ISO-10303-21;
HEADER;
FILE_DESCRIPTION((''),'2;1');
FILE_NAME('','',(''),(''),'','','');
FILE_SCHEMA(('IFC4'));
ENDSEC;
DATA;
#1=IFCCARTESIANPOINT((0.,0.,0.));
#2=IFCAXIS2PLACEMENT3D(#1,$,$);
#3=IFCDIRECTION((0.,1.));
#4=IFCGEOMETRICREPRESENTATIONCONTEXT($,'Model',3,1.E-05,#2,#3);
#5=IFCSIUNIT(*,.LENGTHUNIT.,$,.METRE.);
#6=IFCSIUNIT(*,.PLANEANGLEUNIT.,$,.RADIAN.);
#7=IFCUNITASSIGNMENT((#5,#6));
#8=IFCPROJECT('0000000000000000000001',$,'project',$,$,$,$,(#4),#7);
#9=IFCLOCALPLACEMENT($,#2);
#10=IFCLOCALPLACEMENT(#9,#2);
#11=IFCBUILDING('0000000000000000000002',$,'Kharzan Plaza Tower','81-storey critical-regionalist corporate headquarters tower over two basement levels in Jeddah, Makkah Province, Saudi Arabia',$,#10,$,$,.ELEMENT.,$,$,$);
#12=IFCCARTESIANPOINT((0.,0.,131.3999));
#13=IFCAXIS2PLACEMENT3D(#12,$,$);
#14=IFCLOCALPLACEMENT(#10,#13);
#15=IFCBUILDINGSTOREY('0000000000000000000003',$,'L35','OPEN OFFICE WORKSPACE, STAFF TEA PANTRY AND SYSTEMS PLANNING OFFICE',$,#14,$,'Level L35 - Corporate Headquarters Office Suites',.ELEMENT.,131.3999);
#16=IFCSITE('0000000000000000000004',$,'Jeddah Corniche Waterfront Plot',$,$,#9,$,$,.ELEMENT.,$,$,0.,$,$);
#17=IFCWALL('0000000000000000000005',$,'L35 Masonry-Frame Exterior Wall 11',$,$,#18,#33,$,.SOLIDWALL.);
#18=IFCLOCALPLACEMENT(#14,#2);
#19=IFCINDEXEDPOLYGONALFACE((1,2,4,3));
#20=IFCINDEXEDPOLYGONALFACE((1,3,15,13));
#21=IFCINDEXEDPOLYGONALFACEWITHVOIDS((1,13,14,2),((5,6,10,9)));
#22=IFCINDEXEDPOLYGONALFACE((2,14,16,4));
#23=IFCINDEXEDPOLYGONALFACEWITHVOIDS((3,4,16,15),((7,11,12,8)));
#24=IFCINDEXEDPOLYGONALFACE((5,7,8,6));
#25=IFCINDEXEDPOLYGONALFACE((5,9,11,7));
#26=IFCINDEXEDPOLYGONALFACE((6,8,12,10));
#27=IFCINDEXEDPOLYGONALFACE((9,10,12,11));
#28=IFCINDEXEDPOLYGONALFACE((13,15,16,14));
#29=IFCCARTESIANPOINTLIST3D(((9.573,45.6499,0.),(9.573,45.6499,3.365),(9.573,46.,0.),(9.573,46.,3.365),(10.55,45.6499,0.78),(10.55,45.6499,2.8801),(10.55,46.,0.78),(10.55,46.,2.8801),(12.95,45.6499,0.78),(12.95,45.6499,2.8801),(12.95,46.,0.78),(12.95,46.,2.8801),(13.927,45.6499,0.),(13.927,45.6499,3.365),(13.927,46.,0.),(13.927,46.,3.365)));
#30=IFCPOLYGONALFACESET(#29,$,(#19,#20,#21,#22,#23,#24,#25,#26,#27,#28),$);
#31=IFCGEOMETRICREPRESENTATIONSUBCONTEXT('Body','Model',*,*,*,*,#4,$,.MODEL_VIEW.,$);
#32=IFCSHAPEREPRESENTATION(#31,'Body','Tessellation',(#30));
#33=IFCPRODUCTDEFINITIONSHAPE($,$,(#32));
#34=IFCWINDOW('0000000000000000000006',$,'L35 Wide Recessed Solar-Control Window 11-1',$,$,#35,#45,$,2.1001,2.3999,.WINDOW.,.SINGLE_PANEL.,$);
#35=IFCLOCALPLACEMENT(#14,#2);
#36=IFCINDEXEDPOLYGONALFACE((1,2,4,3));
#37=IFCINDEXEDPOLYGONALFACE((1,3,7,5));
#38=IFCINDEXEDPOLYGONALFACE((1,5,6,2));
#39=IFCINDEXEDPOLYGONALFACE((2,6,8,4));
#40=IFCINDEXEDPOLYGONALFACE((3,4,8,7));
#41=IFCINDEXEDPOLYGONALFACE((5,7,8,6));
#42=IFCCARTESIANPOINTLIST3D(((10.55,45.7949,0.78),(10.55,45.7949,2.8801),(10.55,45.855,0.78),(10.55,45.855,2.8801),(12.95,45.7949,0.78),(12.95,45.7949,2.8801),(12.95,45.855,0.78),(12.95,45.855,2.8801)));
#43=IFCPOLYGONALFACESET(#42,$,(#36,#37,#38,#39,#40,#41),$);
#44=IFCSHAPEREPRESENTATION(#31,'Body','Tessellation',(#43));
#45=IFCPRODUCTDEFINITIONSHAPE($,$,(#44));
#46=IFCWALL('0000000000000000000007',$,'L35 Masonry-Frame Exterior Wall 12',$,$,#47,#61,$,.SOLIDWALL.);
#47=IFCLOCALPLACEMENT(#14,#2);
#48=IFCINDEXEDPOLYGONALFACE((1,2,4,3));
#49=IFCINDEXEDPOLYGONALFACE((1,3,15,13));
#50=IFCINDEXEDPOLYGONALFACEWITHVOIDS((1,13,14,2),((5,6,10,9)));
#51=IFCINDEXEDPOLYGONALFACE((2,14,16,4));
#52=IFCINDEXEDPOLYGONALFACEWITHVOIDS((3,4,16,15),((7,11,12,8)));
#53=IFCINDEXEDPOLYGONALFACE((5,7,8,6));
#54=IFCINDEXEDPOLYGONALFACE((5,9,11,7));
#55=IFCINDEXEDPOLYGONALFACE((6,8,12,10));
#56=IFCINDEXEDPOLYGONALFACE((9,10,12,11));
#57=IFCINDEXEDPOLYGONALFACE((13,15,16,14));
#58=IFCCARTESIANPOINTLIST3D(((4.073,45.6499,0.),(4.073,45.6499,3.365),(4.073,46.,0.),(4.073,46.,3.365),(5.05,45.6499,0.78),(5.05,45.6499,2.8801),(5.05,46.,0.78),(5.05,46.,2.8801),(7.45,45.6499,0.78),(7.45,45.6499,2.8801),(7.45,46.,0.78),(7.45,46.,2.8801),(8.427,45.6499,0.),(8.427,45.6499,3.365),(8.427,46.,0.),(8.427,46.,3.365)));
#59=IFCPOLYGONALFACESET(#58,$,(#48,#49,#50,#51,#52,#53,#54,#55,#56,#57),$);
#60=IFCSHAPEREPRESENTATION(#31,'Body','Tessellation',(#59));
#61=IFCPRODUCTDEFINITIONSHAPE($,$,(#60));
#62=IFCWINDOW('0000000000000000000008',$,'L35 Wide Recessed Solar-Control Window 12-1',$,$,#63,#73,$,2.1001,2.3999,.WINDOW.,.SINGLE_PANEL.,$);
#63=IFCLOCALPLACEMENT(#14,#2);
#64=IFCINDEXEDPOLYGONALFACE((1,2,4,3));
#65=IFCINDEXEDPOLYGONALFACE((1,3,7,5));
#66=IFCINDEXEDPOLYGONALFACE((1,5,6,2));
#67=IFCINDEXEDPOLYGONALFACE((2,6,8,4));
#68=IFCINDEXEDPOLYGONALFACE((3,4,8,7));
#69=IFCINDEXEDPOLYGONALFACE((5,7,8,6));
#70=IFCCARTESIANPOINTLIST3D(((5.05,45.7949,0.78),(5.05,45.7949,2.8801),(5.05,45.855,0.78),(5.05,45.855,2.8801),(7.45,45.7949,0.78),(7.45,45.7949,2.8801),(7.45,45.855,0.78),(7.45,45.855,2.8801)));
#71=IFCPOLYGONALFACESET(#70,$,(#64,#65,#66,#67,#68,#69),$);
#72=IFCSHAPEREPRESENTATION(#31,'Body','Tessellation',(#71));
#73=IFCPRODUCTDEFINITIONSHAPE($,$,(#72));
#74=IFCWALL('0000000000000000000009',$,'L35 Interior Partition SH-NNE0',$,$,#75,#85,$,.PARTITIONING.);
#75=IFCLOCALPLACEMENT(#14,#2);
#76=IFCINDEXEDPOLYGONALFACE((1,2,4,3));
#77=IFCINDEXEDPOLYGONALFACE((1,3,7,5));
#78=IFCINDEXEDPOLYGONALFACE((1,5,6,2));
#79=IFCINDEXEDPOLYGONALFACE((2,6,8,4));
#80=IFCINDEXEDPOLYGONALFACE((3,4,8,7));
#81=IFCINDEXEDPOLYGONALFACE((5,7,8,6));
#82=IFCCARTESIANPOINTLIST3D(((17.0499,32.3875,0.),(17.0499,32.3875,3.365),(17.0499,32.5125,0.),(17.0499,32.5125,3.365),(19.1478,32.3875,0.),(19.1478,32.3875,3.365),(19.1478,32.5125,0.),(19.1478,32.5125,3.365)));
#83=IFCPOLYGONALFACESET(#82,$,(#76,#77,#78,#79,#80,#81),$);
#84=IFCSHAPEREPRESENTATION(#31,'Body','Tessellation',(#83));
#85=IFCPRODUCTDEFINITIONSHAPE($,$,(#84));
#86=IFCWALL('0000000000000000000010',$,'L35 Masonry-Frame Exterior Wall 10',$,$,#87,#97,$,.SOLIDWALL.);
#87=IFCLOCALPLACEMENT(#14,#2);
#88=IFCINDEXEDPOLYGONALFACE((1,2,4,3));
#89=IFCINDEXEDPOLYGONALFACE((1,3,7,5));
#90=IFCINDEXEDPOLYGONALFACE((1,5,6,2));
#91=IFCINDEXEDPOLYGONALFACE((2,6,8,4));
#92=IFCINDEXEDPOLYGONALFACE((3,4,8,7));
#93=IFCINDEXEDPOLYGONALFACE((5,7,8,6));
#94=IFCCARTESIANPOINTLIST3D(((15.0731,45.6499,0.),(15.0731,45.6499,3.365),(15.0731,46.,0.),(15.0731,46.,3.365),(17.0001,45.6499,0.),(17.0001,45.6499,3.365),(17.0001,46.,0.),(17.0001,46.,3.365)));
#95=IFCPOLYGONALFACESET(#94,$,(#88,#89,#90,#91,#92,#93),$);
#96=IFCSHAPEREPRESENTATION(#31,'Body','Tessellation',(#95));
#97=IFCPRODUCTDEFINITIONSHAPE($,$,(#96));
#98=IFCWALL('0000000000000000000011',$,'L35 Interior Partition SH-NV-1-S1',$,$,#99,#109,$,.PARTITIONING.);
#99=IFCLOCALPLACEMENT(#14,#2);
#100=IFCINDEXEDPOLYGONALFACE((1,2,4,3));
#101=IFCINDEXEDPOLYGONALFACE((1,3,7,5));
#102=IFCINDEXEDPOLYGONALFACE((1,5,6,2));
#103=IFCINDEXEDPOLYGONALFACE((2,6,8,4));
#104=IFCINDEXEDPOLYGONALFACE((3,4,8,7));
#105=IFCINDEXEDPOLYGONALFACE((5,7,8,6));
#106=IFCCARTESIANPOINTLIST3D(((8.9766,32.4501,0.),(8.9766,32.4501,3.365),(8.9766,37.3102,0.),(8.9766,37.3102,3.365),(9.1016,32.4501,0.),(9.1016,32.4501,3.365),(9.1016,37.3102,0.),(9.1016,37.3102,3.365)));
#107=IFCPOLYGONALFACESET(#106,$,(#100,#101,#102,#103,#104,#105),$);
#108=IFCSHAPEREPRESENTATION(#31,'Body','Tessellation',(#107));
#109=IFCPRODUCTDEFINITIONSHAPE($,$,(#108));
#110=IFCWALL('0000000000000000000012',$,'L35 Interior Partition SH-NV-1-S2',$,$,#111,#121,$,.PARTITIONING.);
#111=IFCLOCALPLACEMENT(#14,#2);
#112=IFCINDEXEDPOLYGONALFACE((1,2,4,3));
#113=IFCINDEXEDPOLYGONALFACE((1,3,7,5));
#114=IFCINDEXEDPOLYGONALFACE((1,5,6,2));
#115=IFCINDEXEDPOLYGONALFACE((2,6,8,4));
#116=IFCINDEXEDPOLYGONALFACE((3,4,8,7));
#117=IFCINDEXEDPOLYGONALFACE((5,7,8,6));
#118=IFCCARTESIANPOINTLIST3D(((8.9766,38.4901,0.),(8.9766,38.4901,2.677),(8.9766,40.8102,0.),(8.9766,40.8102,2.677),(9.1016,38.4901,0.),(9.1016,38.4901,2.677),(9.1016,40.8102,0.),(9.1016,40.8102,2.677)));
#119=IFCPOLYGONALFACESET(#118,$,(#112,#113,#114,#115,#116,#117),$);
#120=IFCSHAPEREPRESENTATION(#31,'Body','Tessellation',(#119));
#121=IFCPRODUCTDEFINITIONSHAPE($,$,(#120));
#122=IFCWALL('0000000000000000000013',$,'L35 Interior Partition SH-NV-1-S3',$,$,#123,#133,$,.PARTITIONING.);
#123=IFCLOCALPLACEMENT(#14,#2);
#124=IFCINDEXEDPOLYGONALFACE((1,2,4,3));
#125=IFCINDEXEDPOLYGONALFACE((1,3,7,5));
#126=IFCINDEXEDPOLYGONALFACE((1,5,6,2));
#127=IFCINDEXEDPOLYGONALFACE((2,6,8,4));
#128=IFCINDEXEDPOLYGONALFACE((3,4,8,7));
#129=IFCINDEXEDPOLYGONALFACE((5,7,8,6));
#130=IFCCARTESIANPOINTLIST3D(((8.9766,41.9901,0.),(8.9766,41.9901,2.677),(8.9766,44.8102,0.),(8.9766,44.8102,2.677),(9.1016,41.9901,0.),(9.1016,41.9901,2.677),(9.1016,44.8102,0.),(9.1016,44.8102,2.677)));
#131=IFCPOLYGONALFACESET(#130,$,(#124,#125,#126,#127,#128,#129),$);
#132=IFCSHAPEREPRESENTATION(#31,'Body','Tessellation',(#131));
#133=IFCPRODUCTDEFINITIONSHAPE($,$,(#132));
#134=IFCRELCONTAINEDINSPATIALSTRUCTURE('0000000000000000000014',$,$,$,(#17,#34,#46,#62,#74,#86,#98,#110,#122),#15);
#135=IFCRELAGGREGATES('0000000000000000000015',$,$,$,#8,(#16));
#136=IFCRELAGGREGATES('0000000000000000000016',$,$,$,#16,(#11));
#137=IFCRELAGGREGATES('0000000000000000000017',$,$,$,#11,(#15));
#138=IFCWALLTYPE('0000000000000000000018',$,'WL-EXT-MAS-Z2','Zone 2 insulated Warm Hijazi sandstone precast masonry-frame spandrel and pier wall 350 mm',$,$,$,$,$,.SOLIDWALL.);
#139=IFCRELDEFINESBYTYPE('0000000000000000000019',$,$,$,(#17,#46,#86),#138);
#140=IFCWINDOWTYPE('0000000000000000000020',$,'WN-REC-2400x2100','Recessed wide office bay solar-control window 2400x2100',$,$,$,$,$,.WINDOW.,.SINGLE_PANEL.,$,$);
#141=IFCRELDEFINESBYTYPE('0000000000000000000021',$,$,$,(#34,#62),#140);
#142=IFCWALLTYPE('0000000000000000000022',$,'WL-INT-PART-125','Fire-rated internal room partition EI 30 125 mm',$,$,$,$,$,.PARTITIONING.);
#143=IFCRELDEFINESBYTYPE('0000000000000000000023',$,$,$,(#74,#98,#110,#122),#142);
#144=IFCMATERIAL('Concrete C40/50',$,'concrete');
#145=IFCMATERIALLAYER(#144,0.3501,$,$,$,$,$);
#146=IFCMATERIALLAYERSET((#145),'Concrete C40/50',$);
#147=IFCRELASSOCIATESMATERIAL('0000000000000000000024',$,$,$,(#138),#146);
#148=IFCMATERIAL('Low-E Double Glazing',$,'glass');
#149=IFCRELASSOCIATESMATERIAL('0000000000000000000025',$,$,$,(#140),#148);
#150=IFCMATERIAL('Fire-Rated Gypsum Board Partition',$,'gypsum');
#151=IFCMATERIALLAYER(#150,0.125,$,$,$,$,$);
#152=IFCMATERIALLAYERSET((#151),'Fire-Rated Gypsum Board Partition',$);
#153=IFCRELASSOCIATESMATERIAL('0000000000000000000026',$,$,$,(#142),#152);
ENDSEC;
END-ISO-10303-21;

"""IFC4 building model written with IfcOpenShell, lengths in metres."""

from ifc_helpers import new_model, si_unit, direction, frame, frame_2d, origin, place, context, subcontext, project, spatial, rectangle, extrude, source, transform, mapped, material, layer, layer_set, type_object, element, fill, save


model = new_model("IFC4")

# Units and contexts
model_context = context("Model", 3, precision=1e-05, world=origin(), true_north=direction((0.0, 1.0)))
body_context = subcontext(model_context, "Body", "Model", "MODEL_VIEW")
ifc_project = project(units=[si_unit("LENGTHUNIT", "METRE"), si_unit("PLANEANGLEUNIT", "RADIAN")], contexts=[model_context])

# Site, building, storey
site_placement = place(None, origin())
site = spatial("IfcSite", under=ifc_project, at=site_placement, Name="Jeddah Corniche Waterfront Plot", CompositionType="ELEMENT", RefElevation=0.0)
building_placement = place(site_placement, origin())
building = spatial("IfcBuilding", under=site, at=building_placement, Name="Kharzan Plaza Tower", Description="81-storey critical-regionalist corporate headquarters tower over two basement levels in Jeddah, Makkah Province, Saudi Arabia", CompositionType="ELEMENT")
storey_placement = place(building_placement, frame((0.0, 0.0, 131.3999)))
storey = spatial("IfcBuildingStorey", under=building, at=storey_placement, Name="L35", Description="OPEN OFFICE WORKSPACE, STAFF TEA PANTRY AND SYSTEMS PLANNING OFFICE", LongName="Level L35 - Corporate Headquarters Office Suites", CompositionType="ELEMENT", Elevation=131.3999)

# Walls, openings, windows
ifc_material_1 = material(Name="Concrete C40/50", Category="concrete")
ifc_layer_1 = layer(ifc_material_1, 0.3501)
ifc_layer_set_1 = layer_set([ifc_layer_1], Name="Concrete C40/50")
wall_type_1 = type_object("IfcWallType", Name="WL-EXT-MAS-Z2", Description="Zone 2 insulated Warm Hijazi sandstone precast masonry-frame spandrel and pier wall 350 mm", PredefinedType="SOLIDWALL", material=ifc_layer_set_1)
ifc_material_2 = material(Name="Low-E Double Glazing", Category="glass")
wall_1_placement = place(storey_placement, frame((13.927, 45.825, 0.0), z_axis=(0.0, 0.0, 1.0), x_axis=(-1.0, 0.0, 0.0)))
wall_1 = element("IfcWall", 1, at=wall_1_placement, inside=storey, type_object=wall_type_1, Name="L35 Masonry-Frame Exterior Wall 11", PredefinedType="SOLIDWALL", context=body_context, shape_type="SweptSolid", body=[
    extrude(rectangle(XDim=4.354, YDim=0.3501, at=frame_2d((2.177, 0.0))), origin(), (0.0, 0.0, 1.0), 3.365),
])
opening_1_placement = place(wall_1_placement, frame((0.9771, 0.0, 0.78)))
opening_1 = element("IfcOpeningElement", 2, at=opening_1_placement, cuts=wall_1, PredefinedType="OPENING", context=body_context, shape_type="SweptSolid", body=[
    extrude(rectangle(XDim=2.3999, YDim=2.1001, at=frame_2d((1.2, 1.05))), frame((0.0, 0.1851, 0.0), z_axis=(0.0, -1.0, 0.0), x_axis=(1.0, 0.0, 0.0)), (0.0, 0.0, 1.0), 0.3701),
])
window_type_1 = type_object("IfcWindowType", Name="WN-REC-2400x2100", Description="Recessed wide office bay solar-control window 2400x2100", PartitioningType="SINGLE_PANEL", PredefinedType="WINDOW", material=ifc_material_2)
shared_shape_1 = source(origin(), body_context, "Body", "SweptSolid", [
    extrude(rectangle(XDim=2.3999, YDim=2.1001, at=frame_2d((1.2, 1.05))), frame((0.0, 0.03, 0.0), z_axis=(0.0, -1.0, 0.0), x_axis=(1.0, 0.0, 0.0)), (0.0, 0.0, 1.0), 0.0601),
])
window_1_placement = place(opening_1_placement, origin())
window_1 = element("IfcWindow", 3, at=window_1_placement, inside=storey, type_object=window_type_1, Name="L35 Wide Recessed Solar-Control Window 11-1", OverallHeight=2.1001, OverallWidth=2.3999, PartitioningType="SINGLE_PANEL", PredefinedType="WINDOW", context=body_context, shape_type="MappedRepresentation", body=[
    mapped(shared_shape_1, transform((0.0, 0.0, 0.0), x_axis=(1.0, 0.0, 0.0), y_axis=(0.0, 1.0, 0.0), z_axis=(0.0, 0.0, 1.0))),
])
fill(opening_1, window_1)
wall_2_placement = place(storey_placement, frame((8.427, 45.825, 0.0), z_axis=(0.0, 0.0, 1.0), x_axis=(-1.0, 0.0, 0.0)))
wall_2 = element("IfcWall", 4, at=wall_2_placement, inside=storey, type_object=wall_type_1, Name="L35 Masonry-Frame Exterior Wall 12", PredefinedType="SOLIDWALL", context=body_context, shape_type="SweptSolid", body=[
    extrude(rectangle(XDim=4.354, YDim=0.3501, at=frame_2d((2.177, 0.0))), origin(), (0.0, 0.0, 1.0), 3.365),
])
opening_2_placement = place(wall_2_placement, frame((0.9771, 0.0, 0.78)))
opening_2 = element("IfcOpeningElement", 5, at=opening_2_placement, cuts=wall_2, PredefinedType="OPENING", context=body_context, shape_type="SweptSolid", body=[
    extrude(rectangle(XDim=2.3999, YDim=2.1001, at=frame_2d((1.2, 1.05))), frame((0.0, 0.1851, 0.0), z_axis=(0.0, -1.0, 0.0), x_axis=(1.0, 0.0, 0.0)), (0.0, 0.0, 1.0), 0.3701),
])
window_2_placement = place(opening_2_placement, origin())
window_2 = element("IfcWindow", 6, at=window_2_placement, inside=storey, type_object=window_type_1, Name="L35 Wide Recessed Solar-Control Window 12-1", OverallHeight=2.1001, OverallWidth=2.3999, PartitioningType="SINGLE_PANEL", PredefinedType="WINDOW", context=body_context, shape_type="MappedRepresentation", body=[
    mapped(shared_shape_1, transform((0.0, 0.0, 0.0), x_axis=(1.0, 0.0, 0.0), y_axis=(0.0, 1.0, 0.0), z_axis=(0.0, 0.0, 1.0))),
])
fill(opening_2, window_2)

# Walls
ifc_material_3 = material(Name="Fire-Rated Gypsum Board Partition", Category="gypsum")
ifc_layer_2 = layer(ifc_material_3, 0.125)
ifc_layer_set_2 = layer_set([ifc_layer_2], Name="Fire-Rated Gypsum Board Partition")
wall_type_2 = type_object("IfcWallType", Name="WL-INT-PART-125", Description="Fire-rated internal room partition EI 30 125 mm", PredefinedType="PARTITIONING", material=ifc_layer_set_2)
shared_shape_2 = source(origin(), body_context, "Body", "SweptSolid", [
    extrude(rectangle(XDim=2.0979, YDim=0.125, at=frame_2d((1.0488, 0.0))), origin(), (0.0, 0.0, 1.0), 3.365),
])
wall_3_placement = place(storey_placement, frame((17.05, 32.45, 0.0), z_axis=(0.0, 0.0, 1.0), x_axis=(1.0, 0.0, 0.0)))
element("IfcWall", 7, at=wall_3_placement, inside=storey, type_object=wall_type_2, Name="L35 Interior Partition SH-NNE0", PredefinedType="PARTITIONING", context=body_context, shape_type="MappedRepresentation", body=[
    mapped(shared_shape_2, transform((0.0, 0.0, 0.0), x_axis=(1.0, 0.0, 0.0), y_axis=(0.0, 1.0, 0.0), z_axis=(0.0, 0.0, 1.0))),
])
shared_shape_3 = source(origin(), body_context, "Body", "SweptSolid", [
    extrude(rectangle(XDim=1.927, YDim=0.3501, at=frame_2d((0.9634, 0.0))), origin(), (0.0, 0.0, 1.0), 3.365),
])
wall_4_placement = place(storey_placement, frame((17.0, 45.825, 0.0), z_axis=(0.0, 0.0, 1.0), x_axis=(-1.0, 0.0, 0.0)))
element("IfcWall", 8, at=wall_4_placement, inside=storey, type_object=wall_type_1, Name="L35 Masonry-Frame Exterior Wall 10", PredefinedType="SOLIDWALL", context=body_context, shape_type="MappedRepresentation", body=[
    mapped(shared_shape_3, transform((0.0, 0.0, 0.0), x_axis=(1.0, 0.0, 0.0), y_axis=(0.0, 1.0, 0.0), z_axis=(0.0, 0.0, 1.0))),
])
shared_shape_4 = source(origin(), body_context, "Body", "SweptSolid", [
    extrude(rectangle(XDim=4.8601, YDim=0.125, at=frame_2d((2.4302, 0.0))), origin(), (0.0, 0.0, 1.0), 3.365),
])
wall_5_placement = place(storey_placement, frame((9.0391, 32.45, 0.0), z_axis=(0.0, 0.0, 1.0), x_axis=(0.0, 1.0, 0.0)))
element("IfcWall", 9, at=wall_5_placement, inside=storey, type_object=wall_type_2, Name="L35 Interior Partition SH-NV-1-S1", PredefinedType="PARTITIONING", context=body_context, shape_type="MappedRepresentation", body=[
    mapped(shared_shape_4, transform((0.0, 0.0, 0.0), x_axis=(1.0, 0.0, 0.0), y_axis=(0.0, 1.0, 0.0), z_axis=(0.0, 0.0, 1.0))),
])
shared_shape_5 = source(origin(), body_context, "Body", "SweptSolid", [
    extrude(rectangle(XDim=2.3201, YDim=0.125, at=frame_2d((1.1602, 0.0))), origin(), (0.0, 0.0, 1.0), 2.677),
])
wall_6_placement = place(storey_placement, frame((9.0391, 38.49, 0.0), z_axis=(0.0, 0.0, 1.0), x_axis=(0.0, 1.0, 0.0)))
element("IfcWall", 10, at=wall_6_placement, inside=storey, type_object=wall_type_2, Name="L35 Interior Partition SH-NV-1-S2", PredefinedType="PARTITIONING", context=body_context, shape_type="MappedRepresentation", body=[
    mapped(shared_shape_5, transform((0.0, 0.0, 0.0), x_axis=(1.0, 0.0, 0.0), y_axis=(0.0, 1.0, 0.0), z_axis=(0.0, 0.0, 1.0))),
])
shared_shape_6 = source(origin(), body_context, "Body", "SweptSolid", [
    extrude(rectangle(XDim=2.8201, YDim=0.125, at=frame_2d((1.4102, 0.0))), origin(), (0.0, 0.0, 1.0), 2.677),
])
wall_7_placement = place(storey_placement, frame((9.0391, 41.99, 0.0), z_axis=(0.0, 0.0, 1.0), x_axis=(0.0, 1.0, 0.0)))
element("IfcWall", 11, at=wall_7_placement, inside=storey, type_object=wall_type_2, Name="L35 Interior Partition SH-NV-1-S3", PredefinedType="PARTITIONING", context=body_context, shape_type="MappedRepresentation", body=[
    mapped(shared_shape_6, transform((0.0, 0.0, 0.0), x_axis=(1.0, 0.0, 0.0), y_axis=(0.0, 1.0, 0.0), z_axis=(0.0, 0.0, 1.0))),
])

save(model, "model.ifc")
